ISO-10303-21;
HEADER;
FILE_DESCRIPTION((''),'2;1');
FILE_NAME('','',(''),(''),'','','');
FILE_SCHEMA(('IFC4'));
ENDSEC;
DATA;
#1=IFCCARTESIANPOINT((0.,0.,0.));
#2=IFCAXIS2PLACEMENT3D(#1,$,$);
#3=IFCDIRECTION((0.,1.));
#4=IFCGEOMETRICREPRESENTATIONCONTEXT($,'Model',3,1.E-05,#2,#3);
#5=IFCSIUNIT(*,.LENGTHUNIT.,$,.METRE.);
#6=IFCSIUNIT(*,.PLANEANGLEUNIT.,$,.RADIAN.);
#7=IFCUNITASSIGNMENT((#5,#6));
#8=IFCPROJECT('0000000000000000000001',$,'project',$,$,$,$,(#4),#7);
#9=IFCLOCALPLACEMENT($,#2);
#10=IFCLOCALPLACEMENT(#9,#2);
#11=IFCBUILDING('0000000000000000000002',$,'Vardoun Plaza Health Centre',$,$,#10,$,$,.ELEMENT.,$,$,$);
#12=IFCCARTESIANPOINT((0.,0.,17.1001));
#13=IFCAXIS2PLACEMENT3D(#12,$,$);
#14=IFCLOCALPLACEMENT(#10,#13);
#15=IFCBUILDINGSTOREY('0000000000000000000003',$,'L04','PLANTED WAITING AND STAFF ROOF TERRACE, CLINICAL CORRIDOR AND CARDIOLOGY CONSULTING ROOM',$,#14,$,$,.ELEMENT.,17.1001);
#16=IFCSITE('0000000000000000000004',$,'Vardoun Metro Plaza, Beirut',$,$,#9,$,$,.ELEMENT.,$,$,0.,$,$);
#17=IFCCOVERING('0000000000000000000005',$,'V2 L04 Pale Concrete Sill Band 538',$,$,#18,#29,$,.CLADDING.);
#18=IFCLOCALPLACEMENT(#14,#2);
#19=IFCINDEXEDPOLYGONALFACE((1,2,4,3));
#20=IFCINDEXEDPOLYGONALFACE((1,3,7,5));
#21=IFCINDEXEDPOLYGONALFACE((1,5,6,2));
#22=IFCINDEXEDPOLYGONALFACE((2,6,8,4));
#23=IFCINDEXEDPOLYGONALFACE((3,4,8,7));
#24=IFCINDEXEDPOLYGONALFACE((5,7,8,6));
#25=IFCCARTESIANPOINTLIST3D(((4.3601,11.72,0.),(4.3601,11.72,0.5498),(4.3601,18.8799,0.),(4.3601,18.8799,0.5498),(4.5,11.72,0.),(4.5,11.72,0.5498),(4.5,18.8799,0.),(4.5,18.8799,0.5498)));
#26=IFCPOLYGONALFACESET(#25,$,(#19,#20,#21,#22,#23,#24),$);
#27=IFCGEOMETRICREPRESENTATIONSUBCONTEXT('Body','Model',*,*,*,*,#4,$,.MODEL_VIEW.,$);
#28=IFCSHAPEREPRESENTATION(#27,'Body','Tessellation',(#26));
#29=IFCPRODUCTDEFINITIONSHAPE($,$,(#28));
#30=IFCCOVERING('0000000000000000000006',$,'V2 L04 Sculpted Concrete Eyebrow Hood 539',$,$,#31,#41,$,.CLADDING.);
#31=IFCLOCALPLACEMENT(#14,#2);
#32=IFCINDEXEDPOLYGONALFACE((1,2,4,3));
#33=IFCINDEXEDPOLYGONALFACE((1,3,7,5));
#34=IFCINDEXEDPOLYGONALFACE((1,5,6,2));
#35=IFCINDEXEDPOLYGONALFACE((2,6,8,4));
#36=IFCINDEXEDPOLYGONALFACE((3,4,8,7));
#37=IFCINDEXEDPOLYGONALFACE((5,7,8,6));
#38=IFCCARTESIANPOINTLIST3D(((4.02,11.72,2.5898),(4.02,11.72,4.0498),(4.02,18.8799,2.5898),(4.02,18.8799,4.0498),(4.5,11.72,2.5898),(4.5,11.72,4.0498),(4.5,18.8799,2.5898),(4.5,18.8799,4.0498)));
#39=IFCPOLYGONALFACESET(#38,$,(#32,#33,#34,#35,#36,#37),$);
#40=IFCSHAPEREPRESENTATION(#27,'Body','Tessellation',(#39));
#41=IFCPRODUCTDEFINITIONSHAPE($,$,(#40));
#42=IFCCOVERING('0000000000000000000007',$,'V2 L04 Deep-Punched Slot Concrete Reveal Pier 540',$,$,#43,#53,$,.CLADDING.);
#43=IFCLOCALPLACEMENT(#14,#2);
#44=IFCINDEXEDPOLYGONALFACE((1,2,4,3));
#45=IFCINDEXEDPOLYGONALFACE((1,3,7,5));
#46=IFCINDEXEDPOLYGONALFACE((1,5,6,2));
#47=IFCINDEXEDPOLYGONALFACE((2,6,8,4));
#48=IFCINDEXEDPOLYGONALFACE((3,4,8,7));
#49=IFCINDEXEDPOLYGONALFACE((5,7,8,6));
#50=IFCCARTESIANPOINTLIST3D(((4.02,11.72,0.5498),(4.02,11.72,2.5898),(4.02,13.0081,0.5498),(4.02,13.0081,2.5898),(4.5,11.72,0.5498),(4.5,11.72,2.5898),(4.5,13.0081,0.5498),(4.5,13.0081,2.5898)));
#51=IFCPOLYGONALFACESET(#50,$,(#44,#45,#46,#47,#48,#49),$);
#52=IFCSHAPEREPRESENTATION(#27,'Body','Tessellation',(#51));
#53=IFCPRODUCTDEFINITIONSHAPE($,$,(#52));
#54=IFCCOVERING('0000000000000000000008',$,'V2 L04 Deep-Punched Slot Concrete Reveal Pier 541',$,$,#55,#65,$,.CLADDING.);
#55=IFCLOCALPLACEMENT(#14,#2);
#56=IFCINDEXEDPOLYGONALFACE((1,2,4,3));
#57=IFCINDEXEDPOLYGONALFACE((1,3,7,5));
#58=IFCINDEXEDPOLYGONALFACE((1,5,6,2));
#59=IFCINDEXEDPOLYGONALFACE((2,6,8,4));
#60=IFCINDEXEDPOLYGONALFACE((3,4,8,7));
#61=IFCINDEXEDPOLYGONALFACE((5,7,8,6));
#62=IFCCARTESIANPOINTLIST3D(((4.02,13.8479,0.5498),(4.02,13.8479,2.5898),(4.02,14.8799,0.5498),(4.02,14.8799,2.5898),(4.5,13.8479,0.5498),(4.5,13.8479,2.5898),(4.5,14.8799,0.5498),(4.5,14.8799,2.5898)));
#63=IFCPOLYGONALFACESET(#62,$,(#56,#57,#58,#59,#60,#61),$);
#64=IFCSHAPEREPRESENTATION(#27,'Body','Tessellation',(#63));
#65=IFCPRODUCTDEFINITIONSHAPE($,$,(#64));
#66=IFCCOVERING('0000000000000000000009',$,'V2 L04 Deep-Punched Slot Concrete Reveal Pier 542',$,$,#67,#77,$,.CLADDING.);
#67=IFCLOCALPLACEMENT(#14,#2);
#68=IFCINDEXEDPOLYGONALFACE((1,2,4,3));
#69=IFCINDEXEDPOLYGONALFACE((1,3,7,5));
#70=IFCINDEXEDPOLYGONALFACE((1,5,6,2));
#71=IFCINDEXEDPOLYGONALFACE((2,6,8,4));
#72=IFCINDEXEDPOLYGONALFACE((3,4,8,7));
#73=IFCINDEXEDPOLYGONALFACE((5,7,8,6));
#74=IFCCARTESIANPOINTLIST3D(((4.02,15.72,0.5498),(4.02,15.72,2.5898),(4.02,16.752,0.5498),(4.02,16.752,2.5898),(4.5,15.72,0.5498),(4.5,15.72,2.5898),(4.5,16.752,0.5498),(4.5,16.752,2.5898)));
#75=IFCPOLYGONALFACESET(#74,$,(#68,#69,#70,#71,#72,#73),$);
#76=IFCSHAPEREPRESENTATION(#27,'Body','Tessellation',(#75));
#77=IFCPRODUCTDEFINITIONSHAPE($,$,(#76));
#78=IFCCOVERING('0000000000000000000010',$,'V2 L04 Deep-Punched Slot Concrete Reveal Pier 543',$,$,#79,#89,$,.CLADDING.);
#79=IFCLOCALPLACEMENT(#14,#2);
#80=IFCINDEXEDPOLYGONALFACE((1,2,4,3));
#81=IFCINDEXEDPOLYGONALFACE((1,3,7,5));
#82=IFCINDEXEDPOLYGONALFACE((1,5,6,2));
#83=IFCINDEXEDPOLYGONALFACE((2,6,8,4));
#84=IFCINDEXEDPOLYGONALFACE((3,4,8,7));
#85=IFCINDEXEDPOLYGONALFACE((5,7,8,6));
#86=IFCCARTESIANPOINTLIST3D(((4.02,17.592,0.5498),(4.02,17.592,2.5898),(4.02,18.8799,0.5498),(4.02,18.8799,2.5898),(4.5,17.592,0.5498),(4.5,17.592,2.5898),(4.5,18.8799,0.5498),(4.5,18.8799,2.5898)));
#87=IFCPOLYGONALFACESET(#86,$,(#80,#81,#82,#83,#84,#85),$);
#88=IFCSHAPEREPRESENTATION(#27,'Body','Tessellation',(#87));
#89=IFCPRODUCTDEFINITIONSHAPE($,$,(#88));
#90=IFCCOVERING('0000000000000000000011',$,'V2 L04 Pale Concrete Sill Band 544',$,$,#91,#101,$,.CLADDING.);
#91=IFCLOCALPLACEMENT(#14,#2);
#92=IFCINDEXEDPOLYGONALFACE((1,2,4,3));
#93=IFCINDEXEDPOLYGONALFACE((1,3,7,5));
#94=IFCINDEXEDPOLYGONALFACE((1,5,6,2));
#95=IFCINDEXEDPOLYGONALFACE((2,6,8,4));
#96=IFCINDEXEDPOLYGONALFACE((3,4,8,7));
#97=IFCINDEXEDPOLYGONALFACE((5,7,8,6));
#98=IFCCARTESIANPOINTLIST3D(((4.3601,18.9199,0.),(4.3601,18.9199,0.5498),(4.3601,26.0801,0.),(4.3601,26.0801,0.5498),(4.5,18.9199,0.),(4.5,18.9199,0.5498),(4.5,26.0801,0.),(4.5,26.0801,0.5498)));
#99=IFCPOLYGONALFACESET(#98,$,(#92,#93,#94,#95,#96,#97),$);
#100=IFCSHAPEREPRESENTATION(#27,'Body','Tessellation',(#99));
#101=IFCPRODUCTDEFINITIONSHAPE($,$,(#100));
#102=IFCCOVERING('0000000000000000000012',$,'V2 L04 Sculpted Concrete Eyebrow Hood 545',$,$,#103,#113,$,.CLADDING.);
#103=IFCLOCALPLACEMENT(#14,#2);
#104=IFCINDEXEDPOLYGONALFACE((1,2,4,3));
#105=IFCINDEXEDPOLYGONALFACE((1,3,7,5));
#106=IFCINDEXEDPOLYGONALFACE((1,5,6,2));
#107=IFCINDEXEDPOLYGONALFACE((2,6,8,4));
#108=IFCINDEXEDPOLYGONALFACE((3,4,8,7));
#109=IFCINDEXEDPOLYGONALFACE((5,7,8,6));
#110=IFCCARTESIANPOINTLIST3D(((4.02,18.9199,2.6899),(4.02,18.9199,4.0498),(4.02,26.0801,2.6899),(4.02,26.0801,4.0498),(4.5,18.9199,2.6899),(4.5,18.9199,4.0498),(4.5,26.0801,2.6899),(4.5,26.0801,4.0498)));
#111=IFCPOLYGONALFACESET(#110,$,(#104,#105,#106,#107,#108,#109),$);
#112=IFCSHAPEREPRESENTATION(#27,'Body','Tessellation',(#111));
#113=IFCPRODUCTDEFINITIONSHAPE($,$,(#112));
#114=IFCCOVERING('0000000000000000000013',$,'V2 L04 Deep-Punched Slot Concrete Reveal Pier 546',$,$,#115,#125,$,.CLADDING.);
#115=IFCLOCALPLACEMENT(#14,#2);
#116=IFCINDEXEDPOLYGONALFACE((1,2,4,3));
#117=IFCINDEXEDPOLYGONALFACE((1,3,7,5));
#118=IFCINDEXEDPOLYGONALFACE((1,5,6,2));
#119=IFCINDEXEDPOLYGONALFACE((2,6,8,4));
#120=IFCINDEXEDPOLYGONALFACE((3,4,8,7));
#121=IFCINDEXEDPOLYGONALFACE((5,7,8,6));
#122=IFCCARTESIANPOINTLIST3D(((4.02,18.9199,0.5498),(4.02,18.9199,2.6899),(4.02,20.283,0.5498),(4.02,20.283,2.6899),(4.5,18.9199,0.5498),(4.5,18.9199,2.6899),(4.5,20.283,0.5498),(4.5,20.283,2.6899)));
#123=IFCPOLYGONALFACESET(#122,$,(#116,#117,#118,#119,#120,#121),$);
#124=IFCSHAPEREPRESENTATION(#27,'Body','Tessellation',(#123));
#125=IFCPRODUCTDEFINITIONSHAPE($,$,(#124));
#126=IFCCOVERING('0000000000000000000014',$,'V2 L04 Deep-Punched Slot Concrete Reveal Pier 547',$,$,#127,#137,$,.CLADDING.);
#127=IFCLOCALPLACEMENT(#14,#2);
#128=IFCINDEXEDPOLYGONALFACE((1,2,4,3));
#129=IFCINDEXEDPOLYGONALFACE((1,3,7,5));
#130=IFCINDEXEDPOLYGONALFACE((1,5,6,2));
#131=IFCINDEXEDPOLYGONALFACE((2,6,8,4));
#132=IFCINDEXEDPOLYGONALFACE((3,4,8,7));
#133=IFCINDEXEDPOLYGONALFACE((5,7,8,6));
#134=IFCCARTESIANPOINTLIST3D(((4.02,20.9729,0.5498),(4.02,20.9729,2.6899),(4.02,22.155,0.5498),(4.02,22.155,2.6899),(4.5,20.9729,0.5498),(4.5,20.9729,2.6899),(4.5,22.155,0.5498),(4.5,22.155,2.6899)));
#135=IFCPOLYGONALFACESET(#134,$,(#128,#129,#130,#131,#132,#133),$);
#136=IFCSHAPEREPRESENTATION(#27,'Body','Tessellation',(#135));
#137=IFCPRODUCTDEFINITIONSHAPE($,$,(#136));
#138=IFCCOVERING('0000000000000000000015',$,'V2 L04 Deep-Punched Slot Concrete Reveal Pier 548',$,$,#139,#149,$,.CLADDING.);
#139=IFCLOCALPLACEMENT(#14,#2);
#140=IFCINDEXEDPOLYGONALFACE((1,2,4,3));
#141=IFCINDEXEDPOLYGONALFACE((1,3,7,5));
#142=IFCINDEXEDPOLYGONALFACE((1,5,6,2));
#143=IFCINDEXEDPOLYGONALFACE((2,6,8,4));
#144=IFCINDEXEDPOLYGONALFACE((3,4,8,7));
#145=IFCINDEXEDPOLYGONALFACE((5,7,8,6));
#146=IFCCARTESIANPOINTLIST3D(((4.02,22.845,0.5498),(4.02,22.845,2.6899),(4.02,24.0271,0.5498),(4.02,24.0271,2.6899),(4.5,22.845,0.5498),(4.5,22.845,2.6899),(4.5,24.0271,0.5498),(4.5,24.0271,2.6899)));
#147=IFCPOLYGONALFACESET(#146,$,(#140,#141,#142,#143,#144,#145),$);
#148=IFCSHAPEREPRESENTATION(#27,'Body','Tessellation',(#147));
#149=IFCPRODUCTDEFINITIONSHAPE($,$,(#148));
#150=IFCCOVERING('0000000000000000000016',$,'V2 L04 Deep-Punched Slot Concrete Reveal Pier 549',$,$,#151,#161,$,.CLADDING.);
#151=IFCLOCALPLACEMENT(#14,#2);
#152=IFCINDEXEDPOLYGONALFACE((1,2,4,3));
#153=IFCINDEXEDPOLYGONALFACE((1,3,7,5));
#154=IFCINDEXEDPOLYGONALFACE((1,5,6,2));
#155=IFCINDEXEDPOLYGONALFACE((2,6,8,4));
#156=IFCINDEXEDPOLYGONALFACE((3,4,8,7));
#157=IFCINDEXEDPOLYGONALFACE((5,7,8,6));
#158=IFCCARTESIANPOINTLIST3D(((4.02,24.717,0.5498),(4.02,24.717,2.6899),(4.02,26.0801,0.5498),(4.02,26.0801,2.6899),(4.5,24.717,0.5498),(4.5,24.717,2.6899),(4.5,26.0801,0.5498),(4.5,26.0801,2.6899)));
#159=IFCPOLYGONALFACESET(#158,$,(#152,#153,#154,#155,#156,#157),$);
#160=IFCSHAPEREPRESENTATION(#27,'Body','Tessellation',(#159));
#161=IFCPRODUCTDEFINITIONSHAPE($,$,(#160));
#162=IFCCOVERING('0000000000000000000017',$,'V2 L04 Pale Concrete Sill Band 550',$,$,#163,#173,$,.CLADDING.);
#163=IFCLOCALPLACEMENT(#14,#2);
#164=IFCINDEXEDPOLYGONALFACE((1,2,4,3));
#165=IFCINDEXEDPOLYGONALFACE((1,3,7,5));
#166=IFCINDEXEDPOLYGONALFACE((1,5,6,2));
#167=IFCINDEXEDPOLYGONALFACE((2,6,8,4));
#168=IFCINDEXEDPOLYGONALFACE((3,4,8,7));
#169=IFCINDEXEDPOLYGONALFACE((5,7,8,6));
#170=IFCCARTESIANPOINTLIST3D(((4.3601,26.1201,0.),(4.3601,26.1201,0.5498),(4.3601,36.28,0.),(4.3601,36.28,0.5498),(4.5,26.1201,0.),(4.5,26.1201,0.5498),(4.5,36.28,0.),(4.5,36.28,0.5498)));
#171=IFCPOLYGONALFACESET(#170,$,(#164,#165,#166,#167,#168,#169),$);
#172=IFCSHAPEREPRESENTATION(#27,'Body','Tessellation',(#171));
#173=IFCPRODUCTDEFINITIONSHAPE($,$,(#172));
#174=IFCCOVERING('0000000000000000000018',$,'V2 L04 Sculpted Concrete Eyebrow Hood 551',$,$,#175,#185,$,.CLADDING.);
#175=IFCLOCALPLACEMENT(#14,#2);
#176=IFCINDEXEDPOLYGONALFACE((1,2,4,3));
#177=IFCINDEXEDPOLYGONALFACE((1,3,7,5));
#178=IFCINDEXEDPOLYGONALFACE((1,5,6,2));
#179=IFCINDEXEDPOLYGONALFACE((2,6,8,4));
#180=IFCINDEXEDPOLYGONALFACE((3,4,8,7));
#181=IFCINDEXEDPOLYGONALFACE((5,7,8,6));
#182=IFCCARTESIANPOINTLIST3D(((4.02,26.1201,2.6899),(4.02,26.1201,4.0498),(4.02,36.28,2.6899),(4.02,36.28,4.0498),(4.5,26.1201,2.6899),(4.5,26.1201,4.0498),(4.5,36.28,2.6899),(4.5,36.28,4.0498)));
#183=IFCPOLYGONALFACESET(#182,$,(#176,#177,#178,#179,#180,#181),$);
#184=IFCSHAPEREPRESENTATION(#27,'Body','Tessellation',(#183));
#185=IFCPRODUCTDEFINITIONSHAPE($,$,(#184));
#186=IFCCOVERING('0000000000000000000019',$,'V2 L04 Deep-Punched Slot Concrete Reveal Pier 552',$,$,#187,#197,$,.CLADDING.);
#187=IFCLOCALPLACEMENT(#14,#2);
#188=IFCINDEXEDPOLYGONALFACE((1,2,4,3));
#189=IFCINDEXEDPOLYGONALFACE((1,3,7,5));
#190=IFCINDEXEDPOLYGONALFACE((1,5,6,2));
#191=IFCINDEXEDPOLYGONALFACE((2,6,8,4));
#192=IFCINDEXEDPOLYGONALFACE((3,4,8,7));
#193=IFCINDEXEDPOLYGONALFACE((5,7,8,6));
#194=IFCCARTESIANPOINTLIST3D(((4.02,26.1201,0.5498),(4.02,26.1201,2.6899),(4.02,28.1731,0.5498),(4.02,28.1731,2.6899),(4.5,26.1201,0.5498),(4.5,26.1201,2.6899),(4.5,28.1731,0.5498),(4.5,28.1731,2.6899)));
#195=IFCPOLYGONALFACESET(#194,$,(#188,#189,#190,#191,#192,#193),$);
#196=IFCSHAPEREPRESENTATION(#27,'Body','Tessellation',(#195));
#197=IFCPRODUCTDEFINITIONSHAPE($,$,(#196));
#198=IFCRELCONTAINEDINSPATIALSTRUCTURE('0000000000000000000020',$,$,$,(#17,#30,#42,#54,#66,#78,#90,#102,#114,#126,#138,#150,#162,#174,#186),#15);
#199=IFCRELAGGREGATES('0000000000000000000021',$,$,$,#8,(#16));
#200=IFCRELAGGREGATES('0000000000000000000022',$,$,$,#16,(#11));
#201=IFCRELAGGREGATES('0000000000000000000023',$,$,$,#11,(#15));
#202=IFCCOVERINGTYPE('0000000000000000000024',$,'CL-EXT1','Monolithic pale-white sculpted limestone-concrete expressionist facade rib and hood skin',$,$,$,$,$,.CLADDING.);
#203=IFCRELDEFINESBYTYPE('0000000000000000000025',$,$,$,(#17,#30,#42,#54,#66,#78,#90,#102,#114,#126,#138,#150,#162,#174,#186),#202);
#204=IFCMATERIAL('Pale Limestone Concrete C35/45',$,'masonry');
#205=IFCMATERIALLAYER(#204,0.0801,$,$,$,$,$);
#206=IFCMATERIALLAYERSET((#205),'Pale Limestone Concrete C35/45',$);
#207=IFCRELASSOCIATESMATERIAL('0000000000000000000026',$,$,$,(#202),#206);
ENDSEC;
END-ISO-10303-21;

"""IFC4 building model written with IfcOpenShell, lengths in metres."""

from ifc_helpers import new_model, si_unit, direction, frame, origin, place, context, subcontext, project, spatial, polyline, outline, extrude, material, layer, layer_set, type_object, element, save


model = new_model("IFC4")

# Units and contexts
model_context = context("Model", 3, precision=1e-05, world=origin(), true_north=direction((0.0, 1.0)))
body_context = subcontext(model_context, "Body", "Model", "MODEL_VIEW")
ifc_project = project(units=[si_unit("LENGTHUNIT", "METRE"), si_unit("PLANEANGLEUNIT", "RADIAN")], contexts=[model_context])

# Site, building, storey
site_placement = place(None, origin())
site = spatial("IfcSite", under=ifc_project, at=site_placement, Name="Vardoun Metro Plaza, Beirut", CompositionType="ELEMENT", RefElevation=0.0)
building_placement = place(site_placement, origin())
building = spatial("IfcBuilding", under=site, at=building_placement, Name="Vardoun Plaza Health Centre", CompositionType="ELEMENT")
storey_placement = place(building_placement, frame((0.0, 0.0, 17.1001)))
storey = spatial("IfcBuildingStorey", under=building, at=storey_placement, Name="L04", Description="PLANTED WAITING AND STAFF ROOF TERRACE, CLINICAL CORRIDOR AND CARDIOLOGY CONSULTING ROOM", CompositionType="ELEMENT", Elevation=17.1001)

# Coverings
ifc_material = material(Name="Pale Limestone Concrete C35/45", Category="masonry")
ifc_layer = layer(ifc_material, 0.0801)
ifc_layer_set = layer_set([ifc_layer], Name="Pale Limestone Concrete C35/45")
covering_type = type_object("IfcCoveringType", Name="CL-EXT1", Description="Monolithic pale-white sculpted limestone-concrete expressionist facade rib and hood skin", PredefinedType="CLADDING", material=ifc_layer_set)
covering_1_placement = place(storey_placement, origin())
element("IfcCovering", 1, at=covering_1_placement, inside=storey, type_object=covering_type, Name="V2 L04 Pale Concrete Sill Band 538", PredefinedType="CLADDING", context=body_context, shape_type="SweptSolid", body=[
    extrude(outline(polyline([(4.5, 11.72), (4.5, 18.8799), (4.3601, 18.8799), (4.3601, 11.72), (4.5, 11.72)])), origin(), (0.0, 0.0, 1.0), 0.5498),
])
covering_2_placement = place(storey_placement, frame((0.0, 0.0, 2.5898)))
element("IfcCovering", 2, at=covering_2_placement, inside=storey, type_object=covering_type, Name="V2 L04 Sculpted Concrete Eyebrow Hood 539", PredefinedType="CLADDING", context=body_context, shape_type="SweptSolid", body=[
    extrude(outline(polyline([(4.5, 11.72), (4.5, 18.8799), (4.02, 18.8799), (4.02, 11.72), (4.5, 11.72)])), origin(), (0.0, 0.0, 1.0), 1.46),
])
covering_3_placement = place(storey_placement, frame((0.0, 0.0, 0.5498)))
element("IfcCovering", 3, at=covering_3_placement, inside=storey, type_object=covering_type, Name="V2 L04 Deep-Punched Slot Concrete Reveal Pier 540", PredefinedType="CLADDING", context=body_context, shape_type="SweptSolid", body=[
    extrude(outline(polyline([(4.5, 11.72), (4.5, 13.0081), (4.02, 13.0081), (4.02, 11.72), (4.5, 11.72)])), origin(), (0.0, 0.0, 1.0), 2.04),
])
covering_4_placement = place(storey_placement, frame((0.0, 0.0, 0.5498)))
element("IfcCovering", 4, at=covering_4_placement, inside=storey, type_object=covering_type, Name="V2 L04 Deep-Punched Slot Concrete Reveal Pier 541", PredefinedType="CLADDING", context=body_context, shape_type="SweptSolid", body=[
    extrude(outline(polyline([(4.5, 13.8479), (4.5, 14.8799), (4.02, 14.8799), (4.02, 13.8479), (4.5, 13.8479)])), origin(), (0.0, 0.0, 1.0), 2.04),
])
covering_5_placement = place(storey_placement, frame((0.0, 0.0, 0.5498)))
element("IfcCovering", 5, at=covering_5_placement, inside=storey, type_object=covering_type, Name="V2 L04 Deep-Punched Slot Concrete Reveal Pier 542", PredefinedType="CLADDING", context=body_context, shape_type="SweptSolid", body=[
    extrude(outline(polyline([(4.5, 15.72), (4.5, 16.752), (4.02, 16.752), (4.02, 15.72), (4.5, 15.72)])), origin(), (0.0, 0.0, 1.0), 2.04),
])
covering_6_placement = place(storey_placement, frame((0.0, 0.0, 0.5498)))
element("IfcCovering", 6, at=covering_6_placement, inside=storey, type_object=covering_type, Name="V2 L04 Deep-Punched Slot Concrete Reveal Pier 543", PredefinedType="CLADDING", context=body_context, shape_type="SweptSolid", body=[
    extrude(outline(polyline([(4.5, 17.592), (4.5, 18.8799), (4.02, 18.8799), (4.02, 17.592), (4.5, 17.592)])), origin(), (0.0, 0.0, 1.0), 2.04),
])
covering_7_placement = place(storey_placement, origin())
element("IfcCovering", 7, at=covering_7_placement, inside=storey, type_object=covering_type, Name="V2 L04 Pale Concrete Sill Band 544", PredefinedType="CLADDING", context=body_context, shape_type="SweptSolid", body=[
    extrude(outline(polyline([(4.5, 18.9199), (4.5, 26.0801), (4.3601, 26.0801), (4.3601, 18.9199), (4.5, 18.9199)])), origin(), (0.0, 0.0, 1.0), 0.5498),
])
covering_8_placement = place(storey_placement, frame((0.0, 0.0, 2.6899)))
element("IfcCovering", 8, at=covering_8_placement, inside=storey, type_object=covering_type, Name="V2 L04 Sculpted Concrete Eyebrow Hood 545", PredefinedType="CLADDING", context=body_context, shape_type="SweptSolid", body=[
    extrude(outline(polyline([(4.5, 18.9199), (4.5, 26.0801), (4.02, 26.0801), (4.02, 18.9199), (4.5, 18.9199)])), origin(), (0.0, 0.0, 1.0), 1.3599),
])
covering_9_placement = place(storey_placement, frame((0.0, 0.0, 0.5498)))
element("IfcCovering", 9, at=covering_9_placement, inside=storey, type_object=covering_type, Name="V2 L04 Deep-Punched Slot Concrete Reveal Pier 546", PredefinedType="CLADDING", context=body_context, shape_type="SweptSolid", body=[
    extrude(outline(polyline([(4.5, 18.9199), (4.5, 20.283), (4.02, 20.283), (4.02, 18.9199), (4.5, 18.9199)])), origin(), (0.0, 0.0, 1.0), 2.1401),
])
covering_10_placement = place(storey_placement, frame((0.0, 0.0, 0.5498)))
element("IfcCovering", 10, at=covering_10_placement, inside=storey, type_object=covering_type, Name="V2 L04 Deep-Punched Slot Concrete Reveal Pier 547", PredefinedType="CLADDING", context=body_context, shape_type="SweptSolid", body=[
    extrude(outline(polyline([(4.5, 20.9729), (4.5, 22.155), (4.02, 22.155), (4.02, 20.9729), (4.5, 20.9729)])), origin(), (0.0, 0.0, 1.0), 2.1401),
])
covering_11_placement = place(storey_placement, frame((0.0, 0.0, 0.5498)))
element("IfcCovering", 11, at=covering_11_placement, inside=storey, type_object=covering_type, Name="V2 L04 Deep-Punched Slot Concrete Reveal Pier 548", PredefinedType="CLADDING", context=body_context, shape_type="SweptSolid", body=[
    extrude(outline(polyline([(4.5, 22.845), (4.5, 24.0271), (4.02, 24.0271), (4.02, 22.845), (4.5, 22.845)])), origin(), (0.0, 0.0, 1.0), 2.1401),
])
covering_12_placement = place(storey_placement, frame((0.0, 0.0, 0.5498)))
element("IfcCovering", 12, at=covering_12_placement, inside=storey, type_object=covering_type, Name="V2 L04 Deep-Punched Slot Concrete Reveal Pier 549", PredefinedType="CLADDING", context=body_context, shape_type="SweptSolid", body=[
    extrude(outline(polyline([(4.5, 24.717), (4.5, 26.0801), (4.02, 26.0801), (4.02, 24.717), (4.5, 24.717)])), origin(), (0.0, 0.0, 1.0), 2.1401),
])
covering_13_placement = place(storey_placement, origin())
element("IfcCovering", 13, at=covering_13_placement, inside=storey, type_object=covering_type, Name="V2 L04 Pale Concrete Sill Band 550", PredefinedType="CLADDING", context=body_context, shape_type="SweptSolid", body=[
    extrude(outline(polyline([(4.5, 26.1201), (4.5, 36.28), (4.3601, 36.28), (4.3601, 26.1201), (4.5, 26.1201)])), origin(), (0.0, 0.0, 1.0), 0.5498),
])
covering_14_placement = place(storey_placement, frame((0.0, 0.0, 2.6899)))
element("IfcCovering", 14, at=covering_14_placement, inside=storey, type_object=covering_type, Name="V2 L04 Sculpted Concrete Eyebrow Hood 551", PredefinedType="CLADDING", context=body_context, shape_type="SweptSolid", body=[
    extrude(outline(polyline([(4.5, 26.1201), (4.5, 36.28), (4.02, 36.28), (4.02, 26.1201), (4.5, 26.1201)])), origin(), (0.0, 0.0, 1.0), 1.3599),
])
covering_15_placement = place(storey_placement, frame((0.0, 0.0, 0.5498)))
element("IfcCovering", 15, at=covering_15_placement, inside=storey, type_object=covering_type, Name="V2 L04 Deep-Punched Slot Concrete Reveal Pier 552", PredefinedType="CLADDING", context=body_context, shape_type="SweptSolid", body=[
    extrude(outline(polyline([(4.5, 26.1201), (4.5, 28.1731), (4.02, 28.1731), (4.02, 26.1201), (4.5, 26.1201)])), origin(), (0.0, 0.0, 1.0), 2.1401),
])

save(model, "model.ifc")
